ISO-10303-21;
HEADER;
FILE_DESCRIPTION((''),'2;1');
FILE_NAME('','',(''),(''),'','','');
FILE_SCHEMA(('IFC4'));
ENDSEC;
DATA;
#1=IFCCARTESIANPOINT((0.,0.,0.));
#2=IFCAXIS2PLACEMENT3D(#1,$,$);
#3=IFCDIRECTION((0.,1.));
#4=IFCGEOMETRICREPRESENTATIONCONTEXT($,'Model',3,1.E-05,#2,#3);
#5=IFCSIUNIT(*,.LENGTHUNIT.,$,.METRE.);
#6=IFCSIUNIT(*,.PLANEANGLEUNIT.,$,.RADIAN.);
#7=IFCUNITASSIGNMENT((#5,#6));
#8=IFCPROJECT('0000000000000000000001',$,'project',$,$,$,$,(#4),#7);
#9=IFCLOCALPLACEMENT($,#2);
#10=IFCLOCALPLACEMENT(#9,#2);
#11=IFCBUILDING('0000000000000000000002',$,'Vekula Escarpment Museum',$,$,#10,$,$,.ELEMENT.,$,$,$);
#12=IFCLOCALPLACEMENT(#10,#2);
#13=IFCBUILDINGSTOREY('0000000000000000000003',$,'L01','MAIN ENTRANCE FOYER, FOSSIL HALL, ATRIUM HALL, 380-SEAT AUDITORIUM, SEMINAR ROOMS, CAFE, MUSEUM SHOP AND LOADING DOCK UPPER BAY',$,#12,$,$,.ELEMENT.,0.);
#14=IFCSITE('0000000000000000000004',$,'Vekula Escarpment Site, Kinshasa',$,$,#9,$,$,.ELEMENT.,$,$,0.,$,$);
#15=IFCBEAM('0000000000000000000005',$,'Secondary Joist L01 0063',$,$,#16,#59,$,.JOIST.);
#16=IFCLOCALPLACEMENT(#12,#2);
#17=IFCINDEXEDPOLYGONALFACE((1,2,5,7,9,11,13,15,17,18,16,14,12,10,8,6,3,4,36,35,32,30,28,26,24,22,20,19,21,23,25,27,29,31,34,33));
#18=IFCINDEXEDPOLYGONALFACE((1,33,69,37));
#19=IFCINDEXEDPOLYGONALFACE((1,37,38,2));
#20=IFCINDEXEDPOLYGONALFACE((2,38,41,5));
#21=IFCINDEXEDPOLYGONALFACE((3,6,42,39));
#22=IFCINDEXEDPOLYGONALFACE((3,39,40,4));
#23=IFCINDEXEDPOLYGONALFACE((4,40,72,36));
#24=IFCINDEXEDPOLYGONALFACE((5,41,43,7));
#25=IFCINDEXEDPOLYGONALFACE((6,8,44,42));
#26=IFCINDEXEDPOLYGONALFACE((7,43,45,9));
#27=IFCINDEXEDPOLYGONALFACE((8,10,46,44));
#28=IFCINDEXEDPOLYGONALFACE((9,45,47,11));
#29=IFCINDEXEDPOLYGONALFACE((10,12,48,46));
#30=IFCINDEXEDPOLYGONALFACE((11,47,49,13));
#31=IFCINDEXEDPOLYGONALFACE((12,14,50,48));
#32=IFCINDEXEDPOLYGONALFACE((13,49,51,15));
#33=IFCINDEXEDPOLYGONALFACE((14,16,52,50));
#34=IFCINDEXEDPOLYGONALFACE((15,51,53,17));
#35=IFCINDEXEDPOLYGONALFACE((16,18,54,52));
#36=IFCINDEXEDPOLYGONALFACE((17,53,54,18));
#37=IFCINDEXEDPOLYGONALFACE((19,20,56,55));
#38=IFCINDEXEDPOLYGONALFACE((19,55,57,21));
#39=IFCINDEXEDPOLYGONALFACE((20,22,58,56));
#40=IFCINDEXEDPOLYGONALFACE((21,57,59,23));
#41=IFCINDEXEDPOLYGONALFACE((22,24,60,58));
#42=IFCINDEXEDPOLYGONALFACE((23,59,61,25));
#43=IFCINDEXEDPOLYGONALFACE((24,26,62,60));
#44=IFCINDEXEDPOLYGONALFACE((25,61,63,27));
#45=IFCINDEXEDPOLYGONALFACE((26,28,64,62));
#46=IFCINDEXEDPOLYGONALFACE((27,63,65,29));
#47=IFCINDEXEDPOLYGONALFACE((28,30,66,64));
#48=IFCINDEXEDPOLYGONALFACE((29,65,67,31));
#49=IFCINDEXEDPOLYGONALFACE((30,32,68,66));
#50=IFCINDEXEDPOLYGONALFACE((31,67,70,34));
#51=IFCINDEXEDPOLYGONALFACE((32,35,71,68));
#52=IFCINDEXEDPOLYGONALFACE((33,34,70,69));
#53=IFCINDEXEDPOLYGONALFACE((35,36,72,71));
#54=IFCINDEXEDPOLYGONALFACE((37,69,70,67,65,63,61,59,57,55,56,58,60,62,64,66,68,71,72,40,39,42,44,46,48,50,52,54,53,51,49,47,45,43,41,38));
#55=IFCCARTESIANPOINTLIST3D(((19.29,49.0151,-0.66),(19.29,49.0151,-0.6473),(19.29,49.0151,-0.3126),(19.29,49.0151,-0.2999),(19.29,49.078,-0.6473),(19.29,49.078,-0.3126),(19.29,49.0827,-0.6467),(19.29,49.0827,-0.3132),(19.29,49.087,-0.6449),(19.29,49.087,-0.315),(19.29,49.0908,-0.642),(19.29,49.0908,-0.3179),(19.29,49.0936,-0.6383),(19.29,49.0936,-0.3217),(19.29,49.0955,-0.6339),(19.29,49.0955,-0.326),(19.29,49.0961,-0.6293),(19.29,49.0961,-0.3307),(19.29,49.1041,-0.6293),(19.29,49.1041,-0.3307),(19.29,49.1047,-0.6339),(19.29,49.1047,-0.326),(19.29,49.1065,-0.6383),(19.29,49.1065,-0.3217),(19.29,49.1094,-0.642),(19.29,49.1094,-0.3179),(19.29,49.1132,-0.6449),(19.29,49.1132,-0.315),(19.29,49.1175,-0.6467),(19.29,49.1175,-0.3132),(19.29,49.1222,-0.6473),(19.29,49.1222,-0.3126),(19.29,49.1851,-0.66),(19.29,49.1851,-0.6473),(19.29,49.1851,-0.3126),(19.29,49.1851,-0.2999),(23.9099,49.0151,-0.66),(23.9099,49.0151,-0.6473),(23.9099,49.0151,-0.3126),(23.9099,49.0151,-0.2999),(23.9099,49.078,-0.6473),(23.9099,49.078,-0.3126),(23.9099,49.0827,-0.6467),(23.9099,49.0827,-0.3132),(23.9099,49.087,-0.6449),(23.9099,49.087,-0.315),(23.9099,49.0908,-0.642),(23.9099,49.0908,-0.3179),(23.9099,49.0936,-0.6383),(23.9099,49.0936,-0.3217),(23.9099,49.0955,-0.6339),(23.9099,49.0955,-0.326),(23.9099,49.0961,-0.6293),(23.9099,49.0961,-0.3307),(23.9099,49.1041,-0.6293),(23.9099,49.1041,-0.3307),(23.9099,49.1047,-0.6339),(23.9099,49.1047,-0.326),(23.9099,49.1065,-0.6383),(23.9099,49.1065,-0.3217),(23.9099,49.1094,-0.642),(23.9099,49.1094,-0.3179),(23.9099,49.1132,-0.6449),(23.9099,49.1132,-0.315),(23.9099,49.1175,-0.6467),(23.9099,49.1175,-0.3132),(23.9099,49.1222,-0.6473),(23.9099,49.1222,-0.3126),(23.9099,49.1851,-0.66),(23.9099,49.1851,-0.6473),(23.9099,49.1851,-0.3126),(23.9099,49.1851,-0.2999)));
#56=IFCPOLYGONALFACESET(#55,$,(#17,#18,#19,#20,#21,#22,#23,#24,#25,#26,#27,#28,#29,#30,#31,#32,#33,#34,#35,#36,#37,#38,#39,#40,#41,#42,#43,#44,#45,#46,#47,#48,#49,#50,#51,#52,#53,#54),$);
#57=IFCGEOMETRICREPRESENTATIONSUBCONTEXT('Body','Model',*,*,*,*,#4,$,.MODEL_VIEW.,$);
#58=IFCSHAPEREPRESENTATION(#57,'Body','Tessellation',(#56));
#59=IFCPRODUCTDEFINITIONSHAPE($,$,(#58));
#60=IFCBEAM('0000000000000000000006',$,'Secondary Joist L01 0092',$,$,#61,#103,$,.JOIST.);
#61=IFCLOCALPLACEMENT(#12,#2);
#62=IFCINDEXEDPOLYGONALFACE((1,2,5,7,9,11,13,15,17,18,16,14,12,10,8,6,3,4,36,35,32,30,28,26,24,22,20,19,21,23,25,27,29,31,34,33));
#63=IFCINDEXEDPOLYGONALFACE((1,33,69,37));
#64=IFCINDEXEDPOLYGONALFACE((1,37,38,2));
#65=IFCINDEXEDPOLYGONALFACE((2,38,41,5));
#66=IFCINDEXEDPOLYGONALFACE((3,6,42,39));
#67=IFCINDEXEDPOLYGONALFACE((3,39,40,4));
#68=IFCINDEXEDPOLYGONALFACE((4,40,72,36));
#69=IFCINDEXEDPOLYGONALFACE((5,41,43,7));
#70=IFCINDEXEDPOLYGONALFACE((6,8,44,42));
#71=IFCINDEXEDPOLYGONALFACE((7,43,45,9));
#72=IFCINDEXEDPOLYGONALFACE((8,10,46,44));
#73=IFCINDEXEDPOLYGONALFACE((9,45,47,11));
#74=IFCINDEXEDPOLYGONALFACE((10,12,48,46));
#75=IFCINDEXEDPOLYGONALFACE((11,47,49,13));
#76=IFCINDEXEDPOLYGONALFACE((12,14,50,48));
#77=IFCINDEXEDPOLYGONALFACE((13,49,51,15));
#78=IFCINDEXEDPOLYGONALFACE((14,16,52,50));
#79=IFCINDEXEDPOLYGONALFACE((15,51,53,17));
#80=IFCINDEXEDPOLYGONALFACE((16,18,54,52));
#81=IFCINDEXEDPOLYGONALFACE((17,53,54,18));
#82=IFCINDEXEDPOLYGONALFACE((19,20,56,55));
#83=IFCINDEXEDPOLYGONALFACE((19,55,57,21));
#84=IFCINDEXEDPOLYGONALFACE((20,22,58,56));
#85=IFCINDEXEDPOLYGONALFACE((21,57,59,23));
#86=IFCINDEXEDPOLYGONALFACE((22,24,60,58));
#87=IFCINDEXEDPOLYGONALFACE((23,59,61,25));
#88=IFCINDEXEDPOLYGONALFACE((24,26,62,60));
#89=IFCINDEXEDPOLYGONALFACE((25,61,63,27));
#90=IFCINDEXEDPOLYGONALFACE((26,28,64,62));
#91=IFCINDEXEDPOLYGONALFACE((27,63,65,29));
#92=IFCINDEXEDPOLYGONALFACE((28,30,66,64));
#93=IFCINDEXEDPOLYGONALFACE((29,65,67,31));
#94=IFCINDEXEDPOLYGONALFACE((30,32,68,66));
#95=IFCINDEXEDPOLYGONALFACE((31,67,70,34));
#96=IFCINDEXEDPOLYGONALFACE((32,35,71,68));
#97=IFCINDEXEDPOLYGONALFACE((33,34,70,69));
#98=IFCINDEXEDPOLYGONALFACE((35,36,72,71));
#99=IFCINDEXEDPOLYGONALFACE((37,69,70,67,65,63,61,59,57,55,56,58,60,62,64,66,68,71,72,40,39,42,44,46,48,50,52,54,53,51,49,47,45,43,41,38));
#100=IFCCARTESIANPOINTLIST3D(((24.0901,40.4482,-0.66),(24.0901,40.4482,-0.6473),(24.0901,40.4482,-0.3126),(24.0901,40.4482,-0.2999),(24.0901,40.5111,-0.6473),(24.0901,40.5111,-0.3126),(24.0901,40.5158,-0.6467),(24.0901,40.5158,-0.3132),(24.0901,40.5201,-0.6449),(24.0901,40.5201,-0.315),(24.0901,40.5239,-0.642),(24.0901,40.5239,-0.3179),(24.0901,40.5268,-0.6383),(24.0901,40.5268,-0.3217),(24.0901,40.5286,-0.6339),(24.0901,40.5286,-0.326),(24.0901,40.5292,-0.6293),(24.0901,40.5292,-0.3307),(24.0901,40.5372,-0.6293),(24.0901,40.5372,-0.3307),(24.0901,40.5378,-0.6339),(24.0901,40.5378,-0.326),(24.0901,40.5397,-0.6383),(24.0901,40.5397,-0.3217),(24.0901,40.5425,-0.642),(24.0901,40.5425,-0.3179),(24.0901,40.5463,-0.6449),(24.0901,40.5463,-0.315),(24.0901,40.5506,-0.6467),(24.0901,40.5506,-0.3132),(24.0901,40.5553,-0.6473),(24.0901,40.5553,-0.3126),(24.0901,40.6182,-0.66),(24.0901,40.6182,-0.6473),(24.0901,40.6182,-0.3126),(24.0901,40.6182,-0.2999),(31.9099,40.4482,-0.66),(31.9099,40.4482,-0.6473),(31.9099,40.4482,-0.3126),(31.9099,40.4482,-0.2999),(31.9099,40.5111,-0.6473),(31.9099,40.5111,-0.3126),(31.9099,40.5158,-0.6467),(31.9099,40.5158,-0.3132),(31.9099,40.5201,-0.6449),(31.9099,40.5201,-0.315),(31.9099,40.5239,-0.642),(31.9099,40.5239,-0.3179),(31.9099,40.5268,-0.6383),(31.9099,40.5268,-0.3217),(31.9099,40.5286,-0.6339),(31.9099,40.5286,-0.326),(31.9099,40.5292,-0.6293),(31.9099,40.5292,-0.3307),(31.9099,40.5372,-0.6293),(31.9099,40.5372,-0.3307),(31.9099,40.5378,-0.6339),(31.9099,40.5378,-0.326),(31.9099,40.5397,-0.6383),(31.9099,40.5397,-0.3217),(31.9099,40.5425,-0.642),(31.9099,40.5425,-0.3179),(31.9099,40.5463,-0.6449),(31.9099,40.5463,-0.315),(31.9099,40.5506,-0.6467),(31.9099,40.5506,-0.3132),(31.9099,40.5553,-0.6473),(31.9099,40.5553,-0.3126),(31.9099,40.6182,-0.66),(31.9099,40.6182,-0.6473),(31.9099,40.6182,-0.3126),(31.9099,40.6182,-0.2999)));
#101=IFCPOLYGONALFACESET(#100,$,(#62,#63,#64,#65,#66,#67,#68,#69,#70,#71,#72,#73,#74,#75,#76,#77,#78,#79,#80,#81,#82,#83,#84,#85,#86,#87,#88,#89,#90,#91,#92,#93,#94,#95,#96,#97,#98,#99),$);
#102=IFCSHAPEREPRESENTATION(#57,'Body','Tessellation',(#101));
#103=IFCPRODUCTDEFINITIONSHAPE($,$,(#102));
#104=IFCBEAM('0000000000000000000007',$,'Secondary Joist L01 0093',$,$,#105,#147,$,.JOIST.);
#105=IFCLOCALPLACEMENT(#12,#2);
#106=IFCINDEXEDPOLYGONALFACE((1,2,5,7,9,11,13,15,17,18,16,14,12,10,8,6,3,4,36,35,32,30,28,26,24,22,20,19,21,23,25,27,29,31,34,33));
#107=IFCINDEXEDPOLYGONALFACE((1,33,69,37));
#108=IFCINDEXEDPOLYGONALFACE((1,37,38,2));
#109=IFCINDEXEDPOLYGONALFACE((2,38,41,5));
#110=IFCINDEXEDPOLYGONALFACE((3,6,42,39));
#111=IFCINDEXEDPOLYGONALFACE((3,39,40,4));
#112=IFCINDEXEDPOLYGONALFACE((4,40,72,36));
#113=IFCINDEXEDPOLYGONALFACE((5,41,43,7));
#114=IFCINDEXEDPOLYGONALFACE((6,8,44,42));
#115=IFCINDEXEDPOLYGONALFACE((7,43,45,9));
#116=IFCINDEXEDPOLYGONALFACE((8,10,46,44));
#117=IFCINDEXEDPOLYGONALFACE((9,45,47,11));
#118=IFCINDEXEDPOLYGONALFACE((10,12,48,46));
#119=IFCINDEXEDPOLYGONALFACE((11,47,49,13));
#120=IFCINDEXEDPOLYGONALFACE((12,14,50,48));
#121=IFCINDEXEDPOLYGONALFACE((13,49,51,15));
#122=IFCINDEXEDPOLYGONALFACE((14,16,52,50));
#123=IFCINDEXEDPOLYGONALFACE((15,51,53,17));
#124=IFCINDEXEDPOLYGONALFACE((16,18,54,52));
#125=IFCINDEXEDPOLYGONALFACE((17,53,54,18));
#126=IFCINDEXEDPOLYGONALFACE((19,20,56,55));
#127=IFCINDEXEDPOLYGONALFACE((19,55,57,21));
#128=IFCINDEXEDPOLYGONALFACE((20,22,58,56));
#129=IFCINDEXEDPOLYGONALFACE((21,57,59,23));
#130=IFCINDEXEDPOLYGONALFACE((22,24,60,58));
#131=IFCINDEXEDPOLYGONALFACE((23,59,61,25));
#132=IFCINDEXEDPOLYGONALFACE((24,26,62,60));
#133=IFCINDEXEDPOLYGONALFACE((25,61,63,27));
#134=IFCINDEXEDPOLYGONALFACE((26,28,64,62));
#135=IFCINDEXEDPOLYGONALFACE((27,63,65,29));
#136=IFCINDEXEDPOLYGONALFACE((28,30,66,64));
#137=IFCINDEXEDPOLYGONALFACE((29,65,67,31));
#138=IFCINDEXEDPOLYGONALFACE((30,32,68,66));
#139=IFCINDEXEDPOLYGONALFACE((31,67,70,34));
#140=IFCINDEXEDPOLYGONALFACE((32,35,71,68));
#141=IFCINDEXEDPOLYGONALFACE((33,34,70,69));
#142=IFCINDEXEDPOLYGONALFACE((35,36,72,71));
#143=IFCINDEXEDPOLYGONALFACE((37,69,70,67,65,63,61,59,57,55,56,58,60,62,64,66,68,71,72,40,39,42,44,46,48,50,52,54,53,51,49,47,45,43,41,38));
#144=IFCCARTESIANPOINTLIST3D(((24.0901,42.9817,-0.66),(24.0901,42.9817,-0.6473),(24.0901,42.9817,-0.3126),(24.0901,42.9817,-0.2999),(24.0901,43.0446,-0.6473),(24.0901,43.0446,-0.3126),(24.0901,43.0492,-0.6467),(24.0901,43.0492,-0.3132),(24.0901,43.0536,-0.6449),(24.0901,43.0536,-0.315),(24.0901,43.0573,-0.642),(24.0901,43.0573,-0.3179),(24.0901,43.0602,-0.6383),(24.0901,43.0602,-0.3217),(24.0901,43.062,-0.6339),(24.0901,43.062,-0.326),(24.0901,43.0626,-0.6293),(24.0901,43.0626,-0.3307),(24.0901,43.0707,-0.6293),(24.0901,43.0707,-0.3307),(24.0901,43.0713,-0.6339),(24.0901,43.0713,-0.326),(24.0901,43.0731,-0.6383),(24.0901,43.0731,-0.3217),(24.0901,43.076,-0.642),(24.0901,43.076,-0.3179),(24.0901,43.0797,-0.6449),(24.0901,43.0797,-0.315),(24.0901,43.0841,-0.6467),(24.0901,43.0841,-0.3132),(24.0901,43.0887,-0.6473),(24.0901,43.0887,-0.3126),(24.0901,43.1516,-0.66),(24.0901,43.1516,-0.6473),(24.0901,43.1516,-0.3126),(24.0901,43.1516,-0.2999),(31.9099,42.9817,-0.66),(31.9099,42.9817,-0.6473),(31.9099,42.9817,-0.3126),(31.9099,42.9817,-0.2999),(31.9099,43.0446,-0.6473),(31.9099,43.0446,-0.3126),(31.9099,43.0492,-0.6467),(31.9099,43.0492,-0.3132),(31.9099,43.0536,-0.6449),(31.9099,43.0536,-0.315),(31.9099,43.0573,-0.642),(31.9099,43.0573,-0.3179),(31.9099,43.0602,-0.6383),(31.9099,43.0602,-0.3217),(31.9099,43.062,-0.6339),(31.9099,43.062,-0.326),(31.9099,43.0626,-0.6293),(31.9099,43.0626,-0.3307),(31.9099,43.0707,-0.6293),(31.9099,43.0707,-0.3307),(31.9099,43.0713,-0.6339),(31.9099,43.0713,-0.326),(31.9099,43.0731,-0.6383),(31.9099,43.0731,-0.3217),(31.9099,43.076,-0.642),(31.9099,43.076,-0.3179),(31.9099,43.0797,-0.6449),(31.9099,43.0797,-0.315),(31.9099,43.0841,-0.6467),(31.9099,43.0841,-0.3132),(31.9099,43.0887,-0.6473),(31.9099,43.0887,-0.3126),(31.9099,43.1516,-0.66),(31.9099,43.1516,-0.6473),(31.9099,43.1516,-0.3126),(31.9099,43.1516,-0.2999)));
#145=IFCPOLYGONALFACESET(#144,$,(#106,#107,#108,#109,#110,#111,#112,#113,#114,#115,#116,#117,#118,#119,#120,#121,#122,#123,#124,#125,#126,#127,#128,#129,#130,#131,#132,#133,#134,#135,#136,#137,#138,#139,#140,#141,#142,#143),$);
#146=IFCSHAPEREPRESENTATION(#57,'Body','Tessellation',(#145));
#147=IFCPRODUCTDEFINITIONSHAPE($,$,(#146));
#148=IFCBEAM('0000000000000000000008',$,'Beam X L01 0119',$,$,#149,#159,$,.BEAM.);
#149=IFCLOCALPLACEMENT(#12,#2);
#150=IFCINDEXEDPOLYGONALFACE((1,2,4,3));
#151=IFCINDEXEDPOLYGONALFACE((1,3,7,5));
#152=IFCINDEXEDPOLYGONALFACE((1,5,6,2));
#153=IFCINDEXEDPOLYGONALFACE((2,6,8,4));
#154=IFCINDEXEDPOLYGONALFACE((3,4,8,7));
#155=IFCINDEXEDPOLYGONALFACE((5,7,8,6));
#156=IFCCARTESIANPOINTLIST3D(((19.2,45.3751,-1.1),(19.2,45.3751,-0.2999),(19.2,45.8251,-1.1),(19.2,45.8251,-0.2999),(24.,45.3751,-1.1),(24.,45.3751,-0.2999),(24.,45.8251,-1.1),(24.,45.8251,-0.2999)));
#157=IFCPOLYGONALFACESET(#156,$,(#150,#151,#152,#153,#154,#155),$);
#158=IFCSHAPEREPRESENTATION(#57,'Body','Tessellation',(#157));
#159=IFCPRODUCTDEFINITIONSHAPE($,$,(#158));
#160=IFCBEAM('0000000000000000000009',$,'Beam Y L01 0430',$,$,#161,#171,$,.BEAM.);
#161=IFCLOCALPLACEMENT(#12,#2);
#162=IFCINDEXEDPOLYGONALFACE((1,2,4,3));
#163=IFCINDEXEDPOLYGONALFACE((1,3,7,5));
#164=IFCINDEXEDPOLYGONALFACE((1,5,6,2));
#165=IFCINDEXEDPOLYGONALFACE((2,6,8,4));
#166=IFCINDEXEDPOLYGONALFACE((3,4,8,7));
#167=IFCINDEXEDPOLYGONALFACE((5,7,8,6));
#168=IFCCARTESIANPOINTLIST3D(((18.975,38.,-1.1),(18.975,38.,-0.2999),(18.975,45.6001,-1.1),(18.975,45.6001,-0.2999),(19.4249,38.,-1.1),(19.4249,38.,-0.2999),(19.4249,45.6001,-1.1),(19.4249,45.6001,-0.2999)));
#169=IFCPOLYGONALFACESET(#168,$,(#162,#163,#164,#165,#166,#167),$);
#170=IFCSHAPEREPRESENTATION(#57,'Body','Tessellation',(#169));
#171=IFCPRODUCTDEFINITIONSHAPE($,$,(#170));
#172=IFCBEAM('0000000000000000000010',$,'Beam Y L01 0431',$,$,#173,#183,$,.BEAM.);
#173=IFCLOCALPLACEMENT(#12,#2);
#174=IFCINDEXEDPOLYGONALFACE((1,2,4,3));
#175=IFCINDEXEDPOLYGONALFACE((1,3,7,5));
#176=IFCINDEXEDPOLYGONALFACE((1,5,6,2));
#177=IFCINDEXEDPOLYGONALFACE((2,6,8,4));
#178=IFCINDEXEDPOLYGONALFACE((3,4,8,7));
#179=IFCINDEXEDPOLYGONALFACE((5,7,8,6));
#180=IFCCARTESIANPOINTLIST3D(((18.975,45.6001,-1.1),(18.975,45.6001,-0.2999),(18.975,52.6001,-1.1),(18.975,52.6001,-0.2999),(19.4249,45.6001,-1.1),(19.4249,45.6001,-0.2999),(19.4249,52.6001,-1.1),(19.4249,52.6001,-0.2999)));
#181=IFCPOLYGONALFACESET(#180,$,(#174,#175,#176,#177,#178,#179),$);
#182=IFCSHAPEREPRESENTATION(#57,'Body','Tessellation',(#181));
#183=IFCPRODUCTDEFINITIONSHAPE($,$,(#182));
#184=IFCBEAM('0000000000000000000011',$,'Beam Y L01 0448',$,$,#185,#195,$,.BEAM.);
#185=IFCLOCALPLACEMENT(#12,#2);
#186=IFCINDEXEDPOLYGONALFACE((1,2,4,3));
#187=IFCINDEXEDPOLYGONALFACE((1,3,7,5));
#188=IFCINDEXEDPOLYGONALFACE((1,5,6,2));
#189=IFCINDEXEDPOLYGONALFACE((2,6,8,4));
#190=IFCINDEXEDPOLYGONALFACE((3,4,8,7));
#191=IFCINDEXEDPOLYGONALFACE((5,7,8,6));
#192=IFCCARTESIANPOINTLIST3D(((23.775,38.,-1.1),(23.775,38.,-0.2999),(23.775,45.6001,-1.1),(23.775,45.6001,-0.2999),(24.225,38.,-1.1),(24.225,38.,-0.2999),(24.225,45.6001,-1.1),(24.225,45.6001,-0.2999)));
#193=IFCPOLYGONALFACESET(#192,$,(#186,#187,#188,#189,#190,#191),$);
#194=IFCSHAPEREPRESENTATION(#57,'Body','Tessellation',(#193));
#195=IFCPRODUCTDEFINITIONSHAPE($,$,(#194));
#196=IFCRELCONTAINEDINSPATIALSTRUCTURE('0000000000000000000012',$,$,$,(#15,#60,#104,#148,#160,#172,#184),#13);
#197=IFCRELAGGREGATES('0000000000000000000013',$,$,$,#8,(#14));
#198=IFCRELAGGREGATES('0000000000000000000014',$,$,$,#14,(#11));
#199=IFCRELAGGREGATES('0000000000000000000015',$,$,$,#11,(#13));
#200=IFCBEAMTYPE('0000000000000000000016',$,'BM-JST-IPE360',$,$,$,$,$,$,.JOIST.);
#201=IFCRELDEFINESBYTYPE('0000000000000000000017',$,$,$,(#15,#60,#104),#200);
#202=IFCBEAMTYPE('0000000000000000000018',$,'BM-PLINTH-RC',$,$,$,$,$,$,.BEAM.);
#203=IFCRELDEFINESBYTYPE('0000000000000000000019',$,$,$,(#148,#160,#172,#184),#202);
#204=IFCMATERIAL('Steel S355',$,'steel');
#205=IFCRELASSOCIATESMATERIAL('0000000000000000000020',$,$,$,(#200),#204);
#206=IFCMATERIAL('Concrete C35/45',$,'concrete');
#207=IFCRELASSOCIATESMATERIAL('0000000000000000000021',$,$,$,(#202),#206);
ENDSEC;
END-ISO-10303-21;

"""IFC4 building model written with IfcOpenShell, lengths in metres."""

from ifc_helpers import new_model, si_unit, direction, frame, origin, origin_2d, place, context, subcontext, project, spatial, rectangle, i_section, extrude, material, material_profile, profile_set, type_object, element, save


model = new_model("IFC4")

# Units and contexts
model_context = context("Model", 3, precision=1e-05, world=origin(), true_north=direction((0.0, 1.0)))
body_context = subcontext(model_context, "Body", "Model", "MODEL_VIEW")
ifc_project = project(units=[si_unit("LENGTHUNIT", "METRE"), si_unit("PLANEANGLEUNIT", "RADIAN")], contexts=[model_context])

# Site, building, storey
site_placement = place(None, origin())
site = spatial("IfcSite", under=ifc_project, at=site_placement, Name="Vekula Escarpment Site, Kinshasa", CompositionType="ELEMENT", RefElevation=0.0)
building_placement = place(site_placement, origin())
building = spatial("IfcBuilding", under=site, at=building_placement, Name="Vekula Escarpment Museum", CompositionType="ELEMENT")
storey_placement = place(building_placement, origin())
storey = spatial("IfcBuildingStorey", under=building, at=storey_placement, Name="L01", Description="MAIN ENTRANCE FOYER, FOSSIL HALL, ATRIUM HALL, 380-SEAT AUDITORIUM, SEMINAR ROOMS, CAFE, MUSEUM SHOP AND LOADING DOCK UPPER BAY", CompositionType="ELEMENT", Elevation=0.0)

# Beams
ifc_material_1 = material(Name="Steel S355", Category="steel")
ifc_material_profile_1 = material_profile(ifc_material_1, i_section(OverallWidth=0.1699, OverallDepth=0.3601, WebThickness=0.0081, FlangeThickness=0.0127, FilletRadius=0.0181, at=origin_2d()), Name="IPE 360")
ifc_profile_set_1 = profile_set([ifc_material_profile_1], Name="Steel S355")
beam_type_1 = type_object("IfcBeamType", Name="BM-JST-IPE360", PredefinedType="JOIST", material=ifc_profile_set_1)
beam_1_placement = place(storey_placement, frame((19.29, 49.1001, -0.48), z_axis=(1.0, 0.0, 0.0), x_axis=(0.0, 1.0, 0.0)))
element("IfcBeam", 1, at=beam_1_placement, inside=storey, type_object=beam_type_1, Name="Secondary Joist L01 0063", PredefinedType="JOIST", context=body_context, shape_type="SweptSolid", body=[
    extrude(i_section(OverallWidth=0.1699, OverallDepth=0.3601, WebThickness=0.0081, FlangeThickness=0.0127, FilletRadius=0.0181, at=origin_2d()), origin(), (0.0, 0.0, 1.0), 4.6199),
])
for number, where, z_axis, x_axis, name in (
    (2, (24.0901, 40.5332, -0.48), (1.0, 0.0, 0.0), (0.0, 1.0, 0.0), "Secondary Joist L01 0092"),
    (3, (24.0901, 43.0667, -0.48), (1.0, 0.0, 0.0), (0.0, 1.0, 0.0), "Secondary Joist L01 0093"),
):
    element("IfcBeam", number, at=place(storey_placement, frame(where, z_axis=z_axis, x_axis=x_axis)), inside=storey, type_object=beam_type_1, Name=name, PredefinedType="JOIST", context=body_context, shape_type="SweptSolid", body=[
        extrude(i_section(OverallWidth=0.1699, OverallDepth=0.3601, WebThickness=0.0081, FlangeThickness=0.0127, FilletRadius=0.0181, at=origin_2d()), origin(), (0.0, 0.0, 1.0), 7.8198),
    ])
ifc_material_2 = material(Name="Concrete C35/45", Category="concrete")
ifc_material_profile_2 = material_profile(ifc_material_2, rectangle(XDim=0.45, YDim=0.8, at=origin_2d()), Name="RC 450x800")
ifc_profile_set_2 = profile_set([ifc_material_profile_2], Name="Concrete C35/45")
beam_type_2 = type_object("IfcBeamType", Name="BM-PLINTH-RC", PredefinedType="BEAM", material=ifc_profile_set_2)
beam_2_placement = place(storey_placement, frame((19.2, 45.6001, -0.7), z_axis=(1.0, 0.0, 0.0), x_axis=(0.0, 1.0, 0.0)))
element("IfcBeam", 4, at=beam_2_placement, inside=storey, type_object=beam_type_2, Name="Beam X L01 0119", PredefinedType="BEAM", context=body_context, shape_type="SweptSolid", body=[
    extrude(rectangle(XDim=0.45, YDim=0.8, at=origin_2d()), origin(), (0.0, 0.0, 1.0), 4.8),
])
beam_3_placement = place(storey_placement, frame((19.2, 38.0, -0.7), z_axis=(0.0, 1.0, 0.0), x_axis=(-1.0, 0.0, 0.0)))
element("IfcBeam", 5, at=beam_3_placement, inside=storey, type_object=beam_type_2, Name="Beam Y L01 0430", PredefinedType="BEAM", context=body_context, shape_type="SweptSolid", body=[
    extrude(rectangle(XDim=0.45, YDim=0.8, at=origin_2d()), origin(), (0.0, 0.0, 1.0), 7.6001),
])
beam_4_placement = place(storey_placement, frame((19.2, 45.6001, -0.7), z_axis=(0.0, 1.0, 0.0), x_axis=(-1.0, 0.0, 0.0)))
element("IfcBeam", 6, at=beam_4_placement, inside=storey, type_object=beam_type_2, Name="Beam Y L01 0431", PredefinedType="BEAM", context=body_context, shape_type="SweptSolid", body=[
    extrude(rectangle(XDim=0.45, YDim=0.8, at=origin_2d()), origin(), (0.0, 0.0, 1.0), 7.0),
])
beam_5_placement = place(storey_placement, frame((24.0, 38.0, -0.7), z_axis=(0.0, 1.0, 0.0), x_axis=(-1.0, 0.0, 0.0)))
element("IfcBeam", 7, at=beam_5_placement, inside=storey, type_object=beam_type_2, Name="Beam Y L01 0448", PredefinedType="BEAM", context=body_context, shape_type="SweptSolid", body=[
    extrude(rectangle(XDim=0.45, YDim=0.8, at=origin_2d()), origin(), (0.0, 0.0, 1.0), 7.6001),
])

save(model, "model.ifc")
